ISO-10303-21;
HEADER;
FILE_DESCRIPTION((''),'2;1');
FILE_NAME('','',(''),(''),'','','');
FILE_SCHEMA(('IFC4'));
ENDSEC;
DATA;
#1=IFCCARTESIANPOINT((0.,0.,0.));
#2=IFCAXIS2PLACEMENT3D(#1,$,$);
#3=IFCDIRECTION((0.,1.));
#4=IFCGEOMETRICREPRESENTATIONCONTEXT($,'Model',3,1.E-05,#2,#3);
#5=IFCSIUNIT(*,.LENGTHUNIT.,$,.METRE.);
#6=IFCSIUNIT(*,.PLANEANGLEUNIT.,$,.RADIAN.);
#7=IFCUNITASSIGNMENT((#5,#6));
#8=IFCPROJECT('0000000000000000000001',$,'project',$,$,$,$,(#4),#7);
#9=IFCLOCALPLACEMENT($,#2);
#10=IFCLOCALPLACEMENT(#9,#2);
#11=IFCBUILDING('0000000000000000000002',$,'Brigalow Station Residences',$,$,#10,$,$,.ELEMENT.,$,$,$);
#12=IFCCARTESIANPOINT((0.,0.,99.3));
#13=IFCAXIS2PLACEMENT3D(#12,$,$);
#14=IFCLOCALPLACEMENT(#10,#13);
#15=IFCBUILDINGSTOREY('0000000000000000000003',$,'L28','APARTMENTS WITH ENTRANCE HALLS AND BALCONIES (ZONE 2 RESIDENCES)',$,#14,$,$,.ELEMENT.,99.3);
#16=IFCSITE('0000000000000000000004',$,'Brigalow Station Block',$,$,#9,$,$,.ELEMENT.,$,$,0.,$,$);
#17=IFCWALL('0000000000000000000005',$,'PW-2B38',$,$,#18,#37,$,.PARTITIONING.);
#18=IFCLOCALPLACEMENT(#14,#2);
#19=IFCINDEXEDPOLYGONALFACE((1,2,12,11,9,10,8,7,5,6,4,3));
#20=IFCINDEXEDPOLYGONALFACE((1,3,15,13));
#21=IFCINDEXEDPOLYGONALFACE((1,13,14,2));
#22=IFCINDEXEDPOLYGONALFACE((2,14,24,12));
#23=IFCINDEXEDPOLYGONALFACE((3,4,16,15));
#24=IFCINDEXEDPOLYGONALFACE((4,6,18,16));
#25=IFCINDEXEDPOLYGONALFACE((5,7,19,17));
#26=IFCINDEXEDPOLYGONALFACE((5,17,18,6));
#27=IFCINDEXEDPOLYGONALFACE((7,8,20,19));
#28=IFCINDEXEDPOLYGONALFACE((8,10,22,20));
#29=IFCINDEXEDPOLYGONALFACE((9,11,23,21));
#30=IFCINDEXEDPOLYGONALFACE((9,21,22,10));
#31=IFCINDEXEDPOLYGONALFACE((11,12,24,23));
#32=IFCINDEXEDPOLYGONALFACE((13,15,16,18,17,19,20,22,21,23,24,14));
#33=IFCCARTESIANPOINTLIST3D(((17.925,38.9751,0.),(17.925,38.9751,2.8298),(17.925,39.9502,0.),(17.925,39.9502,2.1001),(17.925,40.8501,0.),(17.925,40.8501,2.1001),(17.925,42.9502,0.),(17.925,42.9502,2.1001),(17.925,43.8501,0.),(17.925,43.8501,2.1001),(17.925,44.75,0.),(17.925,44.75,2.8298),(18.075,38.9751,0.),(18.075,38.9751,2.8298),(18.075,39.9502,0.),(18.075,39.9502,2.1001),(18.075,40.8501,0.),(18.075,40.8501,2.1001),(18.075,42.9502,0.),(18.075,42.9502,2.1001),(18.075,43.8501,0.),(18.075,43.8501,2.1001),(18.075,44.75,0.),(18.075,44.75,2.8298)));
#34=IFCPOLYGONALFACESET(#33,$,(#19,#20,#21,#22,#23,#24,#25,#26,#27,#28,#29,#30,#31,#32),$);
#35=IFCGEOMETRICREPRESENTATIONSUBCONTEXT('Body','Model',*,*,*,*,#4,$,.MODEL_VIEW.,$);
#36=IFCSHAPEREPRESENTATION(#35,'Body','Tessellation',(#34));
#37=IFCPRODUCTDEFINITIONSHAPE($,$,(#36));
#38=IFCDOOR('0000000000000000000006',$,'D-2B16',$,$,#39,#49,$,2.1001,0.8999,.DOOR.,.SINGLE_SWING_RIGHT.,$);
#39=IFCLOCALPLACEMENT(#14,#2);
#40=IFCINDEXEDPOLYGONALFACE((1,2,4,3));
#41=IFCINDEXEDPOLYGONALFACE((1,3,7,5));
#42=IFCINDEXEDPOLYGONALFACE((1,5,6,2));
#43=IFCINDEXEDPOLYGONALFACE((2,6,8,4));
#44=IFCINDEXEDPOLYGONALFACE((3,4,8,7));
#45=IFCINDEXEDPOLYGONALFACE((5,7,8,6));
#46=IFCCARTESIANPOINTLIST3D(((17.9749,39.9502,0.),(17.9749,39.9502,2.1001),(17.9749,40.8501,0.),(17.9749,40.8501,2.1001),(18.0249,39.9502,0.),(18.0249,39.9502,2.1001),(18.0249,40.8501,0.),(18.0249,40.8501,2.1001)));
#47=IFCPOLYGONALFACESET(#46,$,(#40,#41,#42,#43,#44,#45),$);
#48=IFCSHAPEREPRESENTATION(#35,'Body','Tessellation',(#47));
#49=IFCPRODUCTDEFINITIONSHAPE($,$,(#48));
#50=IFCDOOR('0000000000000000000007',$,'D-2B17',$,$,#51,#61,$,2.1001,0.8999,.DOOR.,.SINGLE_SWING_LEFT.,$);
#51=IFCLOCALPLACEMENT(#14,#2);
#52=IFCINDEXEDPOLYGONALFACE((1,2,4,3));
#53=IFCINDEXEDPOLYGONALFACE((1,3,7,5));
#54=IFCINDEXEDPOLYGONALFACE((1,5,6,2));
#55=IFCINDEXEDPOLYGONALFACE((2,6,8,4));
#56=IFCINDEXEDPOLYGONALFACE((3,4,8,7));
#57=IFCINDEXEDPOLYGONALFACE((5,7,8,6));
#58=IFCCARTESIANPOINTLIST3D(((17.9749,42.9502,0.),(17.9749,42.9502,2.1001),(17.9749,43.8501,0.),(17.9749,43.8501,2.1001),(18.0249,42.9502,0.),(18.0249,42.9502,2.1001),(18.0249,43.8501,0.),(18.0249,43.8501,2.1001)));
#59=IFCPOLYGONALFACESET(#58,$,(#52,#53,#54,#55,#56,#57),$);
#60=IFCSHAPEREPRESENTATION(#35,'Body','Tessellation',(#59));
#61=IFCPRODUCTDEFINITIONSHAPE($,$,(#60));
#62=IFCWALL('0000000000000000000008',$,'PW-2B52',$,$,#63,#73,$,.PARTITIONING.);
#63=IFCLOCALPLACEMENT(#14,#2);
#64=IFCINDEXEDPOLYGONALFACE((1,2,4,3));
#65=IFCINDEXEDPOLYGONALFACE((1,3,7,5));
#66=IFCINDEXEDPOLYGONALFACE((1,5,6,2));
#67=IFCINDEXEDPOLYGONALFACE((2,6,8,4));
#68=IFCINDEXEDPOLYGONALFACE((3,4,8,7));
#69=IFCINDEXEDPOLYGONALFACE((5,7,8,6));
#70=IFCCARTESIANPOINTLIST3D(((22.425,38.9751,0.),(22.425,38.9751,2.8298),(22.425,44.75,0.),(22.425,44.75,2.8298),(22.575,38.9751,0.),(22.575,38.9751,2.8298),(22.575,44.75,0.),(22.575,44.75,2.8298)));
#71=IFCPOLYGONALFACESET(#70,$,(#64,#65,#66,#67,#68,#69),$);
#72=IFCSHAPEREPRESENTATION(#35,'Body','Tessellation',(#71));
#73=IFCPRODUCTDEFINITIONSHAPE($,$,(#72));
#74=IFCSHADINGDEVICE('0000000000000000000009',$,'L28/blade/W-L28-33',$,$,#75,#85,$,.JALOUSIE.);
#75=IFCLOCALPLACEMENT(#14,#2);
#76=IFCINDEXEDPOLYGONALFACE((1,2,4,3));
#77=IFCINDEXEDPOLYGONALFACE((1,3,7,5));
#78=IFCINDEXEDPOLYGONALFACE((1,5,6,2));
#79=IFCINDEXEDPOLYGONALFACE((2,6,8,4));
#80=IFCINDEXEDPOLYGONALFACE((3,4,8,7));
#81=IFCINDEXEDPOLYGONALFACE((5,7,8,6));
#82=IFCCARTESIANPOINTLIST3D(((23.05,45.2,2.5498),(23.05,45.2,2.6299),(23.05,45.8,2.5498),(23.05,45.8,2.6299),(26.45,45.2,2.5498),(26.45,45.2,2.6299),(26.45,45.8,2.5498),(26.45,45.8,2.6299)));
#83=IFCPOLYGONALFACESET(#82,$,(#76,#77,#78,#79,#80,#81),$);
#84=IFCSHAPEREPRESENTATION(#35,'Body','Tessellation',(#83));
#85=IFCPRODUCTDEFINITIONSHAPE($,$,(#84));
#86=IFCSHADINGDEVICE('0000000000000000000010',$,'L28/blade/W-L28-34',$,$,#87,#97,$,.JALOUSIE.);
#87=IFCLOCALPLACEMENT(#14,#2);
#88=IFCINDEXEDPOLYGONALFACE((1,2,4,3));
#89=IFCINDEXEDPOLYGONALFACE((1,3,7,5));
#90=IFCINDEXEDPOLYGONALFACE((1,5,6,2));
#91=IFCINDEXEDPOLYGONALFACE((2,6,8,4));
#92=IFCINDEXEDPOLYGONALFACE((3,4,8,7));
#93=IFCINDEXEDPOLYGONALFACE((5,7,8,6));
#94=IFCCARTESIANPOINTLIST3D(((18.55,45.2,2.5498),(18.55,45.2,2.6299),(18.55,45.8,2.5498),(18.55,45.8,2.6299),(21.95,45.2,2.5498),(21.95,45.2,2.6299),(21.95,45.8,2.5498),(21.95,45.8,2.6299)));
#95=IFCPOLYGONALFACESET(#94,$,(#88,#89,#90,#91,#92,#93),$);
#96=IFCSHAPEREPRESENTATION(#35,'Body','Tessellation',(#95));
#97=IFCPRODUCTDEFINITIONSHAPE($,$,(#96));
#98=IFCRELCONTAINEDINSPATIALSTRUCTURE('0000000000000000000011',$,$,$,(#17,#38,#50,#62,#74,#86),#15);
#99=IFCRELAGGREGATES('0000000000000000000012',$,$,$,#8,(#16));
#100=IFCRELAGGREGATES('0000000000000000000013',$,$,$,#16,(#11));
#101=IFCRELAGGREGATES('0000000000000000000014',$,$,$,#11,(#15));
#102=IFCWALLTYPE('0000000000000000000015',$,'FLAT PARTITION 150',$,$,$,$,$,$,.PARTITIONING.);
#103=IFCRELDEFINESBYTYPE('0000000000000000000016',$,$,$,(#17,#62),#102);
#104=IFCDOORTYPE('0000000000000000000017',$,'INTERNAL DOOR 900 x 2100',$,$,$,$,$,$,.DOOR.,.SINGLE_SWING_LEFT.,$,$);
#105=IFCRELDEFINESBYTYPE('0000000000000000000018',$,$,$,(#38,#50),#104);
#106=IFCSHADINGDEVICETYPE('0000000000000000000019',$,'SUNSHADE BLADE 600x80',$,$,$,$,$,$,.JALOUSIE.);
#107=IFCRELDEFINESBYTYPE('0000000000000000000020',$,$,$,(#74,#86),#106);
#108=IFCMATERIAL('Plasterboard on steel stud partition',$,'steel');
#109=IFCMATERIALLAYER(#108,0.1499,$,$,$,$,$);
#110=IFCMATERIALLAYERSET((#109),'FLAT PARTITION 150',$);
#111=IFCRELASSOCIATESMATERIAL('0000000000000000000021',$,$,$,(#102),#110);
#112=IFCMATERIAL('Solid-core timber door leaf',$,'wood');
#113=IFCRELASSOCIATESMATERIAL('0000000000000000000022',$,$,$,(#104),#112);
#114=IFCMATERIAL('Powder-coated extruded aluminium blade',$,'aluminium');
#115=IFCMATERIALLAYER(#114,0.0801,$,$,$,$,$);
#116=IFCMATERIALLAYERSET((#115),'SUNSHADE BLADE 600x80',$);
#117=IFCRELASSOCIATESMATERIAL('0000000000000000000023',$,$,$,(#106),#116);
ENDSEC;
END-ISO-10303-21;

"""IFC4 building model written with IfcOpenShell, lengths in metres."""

from ifc_helpers import new_model, si_unit, direction, frame, frame_2d, origin, origin_2d, place, context, subcontext, project, spatial, rectangle, extrude, material, layer, layer_set, type_object, element, fill, save


model = new_model("IFC4")

# Units and contexts
model_context = context("Model", 3, precision=1e-05, world=origin(), true_north=direction((0.0, 1.0)))
body_context = subcontext(model_context, "Body", "Model", "MODEL_VIEW")
ifc_project = project(units=[si_unit("LENGTHUNIT", "METRE"), si_unit("PLANEANGLEUNIT", "RADIAN")], contexts=[model_context])

# Site, building, storey
site_placement = place(None, origin())
site = spatial("IfcSite", under=ifc_project, at=site_placement, Name="Brigalow Station Block", CompositionType="ELEMENT", RefElevation=0.0)
building_placement = place(site_placement, origin())
building = spatial("IfcBuilding", under=site, at=building_placement, Name="Brigalow Station Residences", CompositionType="ELEMENT")
storey_placement = place(building_placement, frame((0.0, 0.0, 99.3)))
storey = spatial("IfcBuildingStorey", under=building, at=storey_placement, Name="L28", Description="APARTMENTS WITH ENTRANCE HALLS AND BALCONIES (ZONE 2 RESIDENCES)", CompositionType="ELEMENT", Elevation=99.3)

# Shared definitions
ifc_material_1 = material(Name="Plasterboard on steel stud partition", Category="steel")
ifc_layer_1 = layer(ifc_material_1, 0.1499)
ifc_layer_set_1 = layer_set([ifc_layer_1], Name="FLAT PARTITION 150")
wall_type_1 = type_object("IfcWallType", Name="FLAT PARTITION 150", PredefinedType="PARTITIONING", material=ifc_layer_set_1)

# Wall, openings, doors
wall_1_placement = place(storey_placement, frame((18.0, 38.9751, 0.0), z_axis=(0.0, 0.0, 1.0), x_axis=(0.0, 1.0, 0.0)))
wall_1 = element("IfcWall", 1, at=wall_1_placement, inside=storey, type_object=wall_type_1, Name="PW-2B38", PredefinedType="PARTITIONING", context=body_context, shape_type="SweptSolid", body=[
    extrude(rectangle(XDim=5.7749, YDim=0.1499, at=frame_2d((2.8875, 0.0))), origin(), (0.0, 0.0, 1.0), 2.8298),
])
opening_1_placement = place(wall_1_placement, frame((0.9751, 0.0, 0.0)))
opening_1 = element("IfcOpeningElement", 2, at=opening_1_placement, cuts=wall_1, PredefinedType="OPENING", context=body_context, shape_type="SweptSolid", body=[
    extrude(rectangle(XDim=0.8999, YDim=2.1001, at=frame_2d((0.45, 1.05))), frame((0.0, 0.085, 0.0), z_axis=(0.0, -1.0, 0.0), x_axis=(1.0, 0.0, 0.0)), (0.0, 0.0, 1.0), 0.1699),
])
opening_2_placement = place(wall_1_placement, frame((3.9751, 0.0, 0.0)))
opening_2 = element("IfcOpeningElement", 3, at=opening_2_placement, cuts=wall_1, PredefinedType="OPENING", context=body_context, shape_type="SweptSolid", body=[
    extrude(rectangle(XDim=0.8999, YDim=2.1001, at=frame_2d((0.45, 1.05))), frame((0.0, 0.085, 0.0), z_axis=(0.0, -1.0, 0.0), x_axis=(1.0, 0.0, 0.0)), (0.0, 0.0, 1.0), 0.1699),
])
ifc_material_2 = material(Name="Solid-core timber door leaf", Category="wood")
door_type_1 = type_object("IfcDoorType", Name="INTERNAL DOOR 900 x 2100", OperationType="SINGLE_SWING_LEFT", PredefinedType="DOOR", material=ifc_material_2)
door_1_placement = place(opening_1_placement, frame((0.8999, 0.0, 0.0), z_axis=(0.0, 0.0, 1.0), x_axis=(-1.0, 0.0, 0.0)))
door_1 = element("IfcDoor", 4, at=door_1_placement, inside=storey, type_object=door_type_1, Name="D-2B16", OperationType="SINGLE_SWING_RIGHT", OverallHeight=2.1001, OverallWidth=0.8999, PredefinedType="DOOR", context=body_context, shape_type="SweptSolid", body=[
    extrude(rectangle(XDim=0.8999, YDim=2.1001, at=frame_2d((0.45, 1.05))), frame((0.0, 0.0249, 0.0), z_axis=(0.0, -1.0, 0.0), x_axis=(1.0, 0.0, 0.0)), (0.0, 0.0, 1.0), 0.05),
])
fill(opening_1, door_1)
door_2_placement = place(opening_2_placement, frame((0.8999, 0.0, 0.0), z_axis=(0.0, 0.0, 1.0), x_axis=(-1.0, 0.0, 0.0)))
door_2 = element("IfcDoor", 5, at=door_2_placement, inside=storey, type_object=door_type_1, Name="D-2B17", OperationType="SINGLE_SWING_LEFT", OverallHeight=2.1001, OverallWidth=0.8999, PredefinedType="DOOR", context=body_context, shape_type="SweptSolid", body=[
    extrude(rectangle(XDim=0.8999, YDim=2.1001, at=frame_2d((0.45, 1.05))), frame((0.0, 0.0249, 0.0), z_axis=(0.0, -1.0, 0.0), x_axis=(1.0, 0.0, 0.0)), (0.0, 0.0, 1.0), 0.05),
])
fill(opening_2, door_2)

# Wall
wall_2_placement = place(storey_placement, frame((22.5, 38.9751, 0.0), z_axis=(0.0, 0.0, 1.0), x_axis=(0.0, 1.0, 0.0)))
element("IfcWall", 6, at=wall_2_placement, inside=storey, type_object=wall_type_1, Name="PW-2B52", PredefinedType="PARTITIONING", context=body_context, shape_type="SweptSolid", body=[
    extrude(rectangle(XDim=5.7749, YDim=0.1499, at=frame_2d((2.8875, 0.0))), origin(), (0.0, 0.0, 1.0), 2.8298),
])

# Shading devices
ifc_material_3 = material(Name="Powder-coated extruded aluminium blade", Category="aluminium")
ifc_layer_2 = layer(ifc_material_3, 0.0801)
ifc_layer_set_2 = layer_set([ifc_layer_2], Name="SUNSHADE BLADE 600x80")
shading_device_type = type_object("IfcShadingDeviceType", Name="SUNSHADE BLADE 600x80", PredefinedType="JALOUSIE", material=ifc_layer_set_2)
for number, where, z_axis, x_axis, name in (
    (7, (24.75, 45.5, 2.5498), (0.0, 0.0, 1.0), (-1.0, 0.0, 0.0), "L28/blade/W-L28-33"),
    (8, (20.25, 45.5, 2.5498), (0.0, 0.0, 1.0), (-1.0, 0.0, 0.0), "L28/blade/W-L28-34"),
):
    element("IfcShadingDevice", number, at=place(storey_placement, frame(where, z_axis=z_axis, x_axis=x_axis)), inside=storey, type_object=shading_device_type, Name=name, PredefinedType="JALOUSIE", context=body_context, shape_type="SweptSolid", body=[
        extrude(rectangle(XDim=3.3999, YDim=0.6001, at=origin_2d()), origin(), (0.0, 0.0, 1.0), 0.0801),
    ])

save(model, "model.ifc")
